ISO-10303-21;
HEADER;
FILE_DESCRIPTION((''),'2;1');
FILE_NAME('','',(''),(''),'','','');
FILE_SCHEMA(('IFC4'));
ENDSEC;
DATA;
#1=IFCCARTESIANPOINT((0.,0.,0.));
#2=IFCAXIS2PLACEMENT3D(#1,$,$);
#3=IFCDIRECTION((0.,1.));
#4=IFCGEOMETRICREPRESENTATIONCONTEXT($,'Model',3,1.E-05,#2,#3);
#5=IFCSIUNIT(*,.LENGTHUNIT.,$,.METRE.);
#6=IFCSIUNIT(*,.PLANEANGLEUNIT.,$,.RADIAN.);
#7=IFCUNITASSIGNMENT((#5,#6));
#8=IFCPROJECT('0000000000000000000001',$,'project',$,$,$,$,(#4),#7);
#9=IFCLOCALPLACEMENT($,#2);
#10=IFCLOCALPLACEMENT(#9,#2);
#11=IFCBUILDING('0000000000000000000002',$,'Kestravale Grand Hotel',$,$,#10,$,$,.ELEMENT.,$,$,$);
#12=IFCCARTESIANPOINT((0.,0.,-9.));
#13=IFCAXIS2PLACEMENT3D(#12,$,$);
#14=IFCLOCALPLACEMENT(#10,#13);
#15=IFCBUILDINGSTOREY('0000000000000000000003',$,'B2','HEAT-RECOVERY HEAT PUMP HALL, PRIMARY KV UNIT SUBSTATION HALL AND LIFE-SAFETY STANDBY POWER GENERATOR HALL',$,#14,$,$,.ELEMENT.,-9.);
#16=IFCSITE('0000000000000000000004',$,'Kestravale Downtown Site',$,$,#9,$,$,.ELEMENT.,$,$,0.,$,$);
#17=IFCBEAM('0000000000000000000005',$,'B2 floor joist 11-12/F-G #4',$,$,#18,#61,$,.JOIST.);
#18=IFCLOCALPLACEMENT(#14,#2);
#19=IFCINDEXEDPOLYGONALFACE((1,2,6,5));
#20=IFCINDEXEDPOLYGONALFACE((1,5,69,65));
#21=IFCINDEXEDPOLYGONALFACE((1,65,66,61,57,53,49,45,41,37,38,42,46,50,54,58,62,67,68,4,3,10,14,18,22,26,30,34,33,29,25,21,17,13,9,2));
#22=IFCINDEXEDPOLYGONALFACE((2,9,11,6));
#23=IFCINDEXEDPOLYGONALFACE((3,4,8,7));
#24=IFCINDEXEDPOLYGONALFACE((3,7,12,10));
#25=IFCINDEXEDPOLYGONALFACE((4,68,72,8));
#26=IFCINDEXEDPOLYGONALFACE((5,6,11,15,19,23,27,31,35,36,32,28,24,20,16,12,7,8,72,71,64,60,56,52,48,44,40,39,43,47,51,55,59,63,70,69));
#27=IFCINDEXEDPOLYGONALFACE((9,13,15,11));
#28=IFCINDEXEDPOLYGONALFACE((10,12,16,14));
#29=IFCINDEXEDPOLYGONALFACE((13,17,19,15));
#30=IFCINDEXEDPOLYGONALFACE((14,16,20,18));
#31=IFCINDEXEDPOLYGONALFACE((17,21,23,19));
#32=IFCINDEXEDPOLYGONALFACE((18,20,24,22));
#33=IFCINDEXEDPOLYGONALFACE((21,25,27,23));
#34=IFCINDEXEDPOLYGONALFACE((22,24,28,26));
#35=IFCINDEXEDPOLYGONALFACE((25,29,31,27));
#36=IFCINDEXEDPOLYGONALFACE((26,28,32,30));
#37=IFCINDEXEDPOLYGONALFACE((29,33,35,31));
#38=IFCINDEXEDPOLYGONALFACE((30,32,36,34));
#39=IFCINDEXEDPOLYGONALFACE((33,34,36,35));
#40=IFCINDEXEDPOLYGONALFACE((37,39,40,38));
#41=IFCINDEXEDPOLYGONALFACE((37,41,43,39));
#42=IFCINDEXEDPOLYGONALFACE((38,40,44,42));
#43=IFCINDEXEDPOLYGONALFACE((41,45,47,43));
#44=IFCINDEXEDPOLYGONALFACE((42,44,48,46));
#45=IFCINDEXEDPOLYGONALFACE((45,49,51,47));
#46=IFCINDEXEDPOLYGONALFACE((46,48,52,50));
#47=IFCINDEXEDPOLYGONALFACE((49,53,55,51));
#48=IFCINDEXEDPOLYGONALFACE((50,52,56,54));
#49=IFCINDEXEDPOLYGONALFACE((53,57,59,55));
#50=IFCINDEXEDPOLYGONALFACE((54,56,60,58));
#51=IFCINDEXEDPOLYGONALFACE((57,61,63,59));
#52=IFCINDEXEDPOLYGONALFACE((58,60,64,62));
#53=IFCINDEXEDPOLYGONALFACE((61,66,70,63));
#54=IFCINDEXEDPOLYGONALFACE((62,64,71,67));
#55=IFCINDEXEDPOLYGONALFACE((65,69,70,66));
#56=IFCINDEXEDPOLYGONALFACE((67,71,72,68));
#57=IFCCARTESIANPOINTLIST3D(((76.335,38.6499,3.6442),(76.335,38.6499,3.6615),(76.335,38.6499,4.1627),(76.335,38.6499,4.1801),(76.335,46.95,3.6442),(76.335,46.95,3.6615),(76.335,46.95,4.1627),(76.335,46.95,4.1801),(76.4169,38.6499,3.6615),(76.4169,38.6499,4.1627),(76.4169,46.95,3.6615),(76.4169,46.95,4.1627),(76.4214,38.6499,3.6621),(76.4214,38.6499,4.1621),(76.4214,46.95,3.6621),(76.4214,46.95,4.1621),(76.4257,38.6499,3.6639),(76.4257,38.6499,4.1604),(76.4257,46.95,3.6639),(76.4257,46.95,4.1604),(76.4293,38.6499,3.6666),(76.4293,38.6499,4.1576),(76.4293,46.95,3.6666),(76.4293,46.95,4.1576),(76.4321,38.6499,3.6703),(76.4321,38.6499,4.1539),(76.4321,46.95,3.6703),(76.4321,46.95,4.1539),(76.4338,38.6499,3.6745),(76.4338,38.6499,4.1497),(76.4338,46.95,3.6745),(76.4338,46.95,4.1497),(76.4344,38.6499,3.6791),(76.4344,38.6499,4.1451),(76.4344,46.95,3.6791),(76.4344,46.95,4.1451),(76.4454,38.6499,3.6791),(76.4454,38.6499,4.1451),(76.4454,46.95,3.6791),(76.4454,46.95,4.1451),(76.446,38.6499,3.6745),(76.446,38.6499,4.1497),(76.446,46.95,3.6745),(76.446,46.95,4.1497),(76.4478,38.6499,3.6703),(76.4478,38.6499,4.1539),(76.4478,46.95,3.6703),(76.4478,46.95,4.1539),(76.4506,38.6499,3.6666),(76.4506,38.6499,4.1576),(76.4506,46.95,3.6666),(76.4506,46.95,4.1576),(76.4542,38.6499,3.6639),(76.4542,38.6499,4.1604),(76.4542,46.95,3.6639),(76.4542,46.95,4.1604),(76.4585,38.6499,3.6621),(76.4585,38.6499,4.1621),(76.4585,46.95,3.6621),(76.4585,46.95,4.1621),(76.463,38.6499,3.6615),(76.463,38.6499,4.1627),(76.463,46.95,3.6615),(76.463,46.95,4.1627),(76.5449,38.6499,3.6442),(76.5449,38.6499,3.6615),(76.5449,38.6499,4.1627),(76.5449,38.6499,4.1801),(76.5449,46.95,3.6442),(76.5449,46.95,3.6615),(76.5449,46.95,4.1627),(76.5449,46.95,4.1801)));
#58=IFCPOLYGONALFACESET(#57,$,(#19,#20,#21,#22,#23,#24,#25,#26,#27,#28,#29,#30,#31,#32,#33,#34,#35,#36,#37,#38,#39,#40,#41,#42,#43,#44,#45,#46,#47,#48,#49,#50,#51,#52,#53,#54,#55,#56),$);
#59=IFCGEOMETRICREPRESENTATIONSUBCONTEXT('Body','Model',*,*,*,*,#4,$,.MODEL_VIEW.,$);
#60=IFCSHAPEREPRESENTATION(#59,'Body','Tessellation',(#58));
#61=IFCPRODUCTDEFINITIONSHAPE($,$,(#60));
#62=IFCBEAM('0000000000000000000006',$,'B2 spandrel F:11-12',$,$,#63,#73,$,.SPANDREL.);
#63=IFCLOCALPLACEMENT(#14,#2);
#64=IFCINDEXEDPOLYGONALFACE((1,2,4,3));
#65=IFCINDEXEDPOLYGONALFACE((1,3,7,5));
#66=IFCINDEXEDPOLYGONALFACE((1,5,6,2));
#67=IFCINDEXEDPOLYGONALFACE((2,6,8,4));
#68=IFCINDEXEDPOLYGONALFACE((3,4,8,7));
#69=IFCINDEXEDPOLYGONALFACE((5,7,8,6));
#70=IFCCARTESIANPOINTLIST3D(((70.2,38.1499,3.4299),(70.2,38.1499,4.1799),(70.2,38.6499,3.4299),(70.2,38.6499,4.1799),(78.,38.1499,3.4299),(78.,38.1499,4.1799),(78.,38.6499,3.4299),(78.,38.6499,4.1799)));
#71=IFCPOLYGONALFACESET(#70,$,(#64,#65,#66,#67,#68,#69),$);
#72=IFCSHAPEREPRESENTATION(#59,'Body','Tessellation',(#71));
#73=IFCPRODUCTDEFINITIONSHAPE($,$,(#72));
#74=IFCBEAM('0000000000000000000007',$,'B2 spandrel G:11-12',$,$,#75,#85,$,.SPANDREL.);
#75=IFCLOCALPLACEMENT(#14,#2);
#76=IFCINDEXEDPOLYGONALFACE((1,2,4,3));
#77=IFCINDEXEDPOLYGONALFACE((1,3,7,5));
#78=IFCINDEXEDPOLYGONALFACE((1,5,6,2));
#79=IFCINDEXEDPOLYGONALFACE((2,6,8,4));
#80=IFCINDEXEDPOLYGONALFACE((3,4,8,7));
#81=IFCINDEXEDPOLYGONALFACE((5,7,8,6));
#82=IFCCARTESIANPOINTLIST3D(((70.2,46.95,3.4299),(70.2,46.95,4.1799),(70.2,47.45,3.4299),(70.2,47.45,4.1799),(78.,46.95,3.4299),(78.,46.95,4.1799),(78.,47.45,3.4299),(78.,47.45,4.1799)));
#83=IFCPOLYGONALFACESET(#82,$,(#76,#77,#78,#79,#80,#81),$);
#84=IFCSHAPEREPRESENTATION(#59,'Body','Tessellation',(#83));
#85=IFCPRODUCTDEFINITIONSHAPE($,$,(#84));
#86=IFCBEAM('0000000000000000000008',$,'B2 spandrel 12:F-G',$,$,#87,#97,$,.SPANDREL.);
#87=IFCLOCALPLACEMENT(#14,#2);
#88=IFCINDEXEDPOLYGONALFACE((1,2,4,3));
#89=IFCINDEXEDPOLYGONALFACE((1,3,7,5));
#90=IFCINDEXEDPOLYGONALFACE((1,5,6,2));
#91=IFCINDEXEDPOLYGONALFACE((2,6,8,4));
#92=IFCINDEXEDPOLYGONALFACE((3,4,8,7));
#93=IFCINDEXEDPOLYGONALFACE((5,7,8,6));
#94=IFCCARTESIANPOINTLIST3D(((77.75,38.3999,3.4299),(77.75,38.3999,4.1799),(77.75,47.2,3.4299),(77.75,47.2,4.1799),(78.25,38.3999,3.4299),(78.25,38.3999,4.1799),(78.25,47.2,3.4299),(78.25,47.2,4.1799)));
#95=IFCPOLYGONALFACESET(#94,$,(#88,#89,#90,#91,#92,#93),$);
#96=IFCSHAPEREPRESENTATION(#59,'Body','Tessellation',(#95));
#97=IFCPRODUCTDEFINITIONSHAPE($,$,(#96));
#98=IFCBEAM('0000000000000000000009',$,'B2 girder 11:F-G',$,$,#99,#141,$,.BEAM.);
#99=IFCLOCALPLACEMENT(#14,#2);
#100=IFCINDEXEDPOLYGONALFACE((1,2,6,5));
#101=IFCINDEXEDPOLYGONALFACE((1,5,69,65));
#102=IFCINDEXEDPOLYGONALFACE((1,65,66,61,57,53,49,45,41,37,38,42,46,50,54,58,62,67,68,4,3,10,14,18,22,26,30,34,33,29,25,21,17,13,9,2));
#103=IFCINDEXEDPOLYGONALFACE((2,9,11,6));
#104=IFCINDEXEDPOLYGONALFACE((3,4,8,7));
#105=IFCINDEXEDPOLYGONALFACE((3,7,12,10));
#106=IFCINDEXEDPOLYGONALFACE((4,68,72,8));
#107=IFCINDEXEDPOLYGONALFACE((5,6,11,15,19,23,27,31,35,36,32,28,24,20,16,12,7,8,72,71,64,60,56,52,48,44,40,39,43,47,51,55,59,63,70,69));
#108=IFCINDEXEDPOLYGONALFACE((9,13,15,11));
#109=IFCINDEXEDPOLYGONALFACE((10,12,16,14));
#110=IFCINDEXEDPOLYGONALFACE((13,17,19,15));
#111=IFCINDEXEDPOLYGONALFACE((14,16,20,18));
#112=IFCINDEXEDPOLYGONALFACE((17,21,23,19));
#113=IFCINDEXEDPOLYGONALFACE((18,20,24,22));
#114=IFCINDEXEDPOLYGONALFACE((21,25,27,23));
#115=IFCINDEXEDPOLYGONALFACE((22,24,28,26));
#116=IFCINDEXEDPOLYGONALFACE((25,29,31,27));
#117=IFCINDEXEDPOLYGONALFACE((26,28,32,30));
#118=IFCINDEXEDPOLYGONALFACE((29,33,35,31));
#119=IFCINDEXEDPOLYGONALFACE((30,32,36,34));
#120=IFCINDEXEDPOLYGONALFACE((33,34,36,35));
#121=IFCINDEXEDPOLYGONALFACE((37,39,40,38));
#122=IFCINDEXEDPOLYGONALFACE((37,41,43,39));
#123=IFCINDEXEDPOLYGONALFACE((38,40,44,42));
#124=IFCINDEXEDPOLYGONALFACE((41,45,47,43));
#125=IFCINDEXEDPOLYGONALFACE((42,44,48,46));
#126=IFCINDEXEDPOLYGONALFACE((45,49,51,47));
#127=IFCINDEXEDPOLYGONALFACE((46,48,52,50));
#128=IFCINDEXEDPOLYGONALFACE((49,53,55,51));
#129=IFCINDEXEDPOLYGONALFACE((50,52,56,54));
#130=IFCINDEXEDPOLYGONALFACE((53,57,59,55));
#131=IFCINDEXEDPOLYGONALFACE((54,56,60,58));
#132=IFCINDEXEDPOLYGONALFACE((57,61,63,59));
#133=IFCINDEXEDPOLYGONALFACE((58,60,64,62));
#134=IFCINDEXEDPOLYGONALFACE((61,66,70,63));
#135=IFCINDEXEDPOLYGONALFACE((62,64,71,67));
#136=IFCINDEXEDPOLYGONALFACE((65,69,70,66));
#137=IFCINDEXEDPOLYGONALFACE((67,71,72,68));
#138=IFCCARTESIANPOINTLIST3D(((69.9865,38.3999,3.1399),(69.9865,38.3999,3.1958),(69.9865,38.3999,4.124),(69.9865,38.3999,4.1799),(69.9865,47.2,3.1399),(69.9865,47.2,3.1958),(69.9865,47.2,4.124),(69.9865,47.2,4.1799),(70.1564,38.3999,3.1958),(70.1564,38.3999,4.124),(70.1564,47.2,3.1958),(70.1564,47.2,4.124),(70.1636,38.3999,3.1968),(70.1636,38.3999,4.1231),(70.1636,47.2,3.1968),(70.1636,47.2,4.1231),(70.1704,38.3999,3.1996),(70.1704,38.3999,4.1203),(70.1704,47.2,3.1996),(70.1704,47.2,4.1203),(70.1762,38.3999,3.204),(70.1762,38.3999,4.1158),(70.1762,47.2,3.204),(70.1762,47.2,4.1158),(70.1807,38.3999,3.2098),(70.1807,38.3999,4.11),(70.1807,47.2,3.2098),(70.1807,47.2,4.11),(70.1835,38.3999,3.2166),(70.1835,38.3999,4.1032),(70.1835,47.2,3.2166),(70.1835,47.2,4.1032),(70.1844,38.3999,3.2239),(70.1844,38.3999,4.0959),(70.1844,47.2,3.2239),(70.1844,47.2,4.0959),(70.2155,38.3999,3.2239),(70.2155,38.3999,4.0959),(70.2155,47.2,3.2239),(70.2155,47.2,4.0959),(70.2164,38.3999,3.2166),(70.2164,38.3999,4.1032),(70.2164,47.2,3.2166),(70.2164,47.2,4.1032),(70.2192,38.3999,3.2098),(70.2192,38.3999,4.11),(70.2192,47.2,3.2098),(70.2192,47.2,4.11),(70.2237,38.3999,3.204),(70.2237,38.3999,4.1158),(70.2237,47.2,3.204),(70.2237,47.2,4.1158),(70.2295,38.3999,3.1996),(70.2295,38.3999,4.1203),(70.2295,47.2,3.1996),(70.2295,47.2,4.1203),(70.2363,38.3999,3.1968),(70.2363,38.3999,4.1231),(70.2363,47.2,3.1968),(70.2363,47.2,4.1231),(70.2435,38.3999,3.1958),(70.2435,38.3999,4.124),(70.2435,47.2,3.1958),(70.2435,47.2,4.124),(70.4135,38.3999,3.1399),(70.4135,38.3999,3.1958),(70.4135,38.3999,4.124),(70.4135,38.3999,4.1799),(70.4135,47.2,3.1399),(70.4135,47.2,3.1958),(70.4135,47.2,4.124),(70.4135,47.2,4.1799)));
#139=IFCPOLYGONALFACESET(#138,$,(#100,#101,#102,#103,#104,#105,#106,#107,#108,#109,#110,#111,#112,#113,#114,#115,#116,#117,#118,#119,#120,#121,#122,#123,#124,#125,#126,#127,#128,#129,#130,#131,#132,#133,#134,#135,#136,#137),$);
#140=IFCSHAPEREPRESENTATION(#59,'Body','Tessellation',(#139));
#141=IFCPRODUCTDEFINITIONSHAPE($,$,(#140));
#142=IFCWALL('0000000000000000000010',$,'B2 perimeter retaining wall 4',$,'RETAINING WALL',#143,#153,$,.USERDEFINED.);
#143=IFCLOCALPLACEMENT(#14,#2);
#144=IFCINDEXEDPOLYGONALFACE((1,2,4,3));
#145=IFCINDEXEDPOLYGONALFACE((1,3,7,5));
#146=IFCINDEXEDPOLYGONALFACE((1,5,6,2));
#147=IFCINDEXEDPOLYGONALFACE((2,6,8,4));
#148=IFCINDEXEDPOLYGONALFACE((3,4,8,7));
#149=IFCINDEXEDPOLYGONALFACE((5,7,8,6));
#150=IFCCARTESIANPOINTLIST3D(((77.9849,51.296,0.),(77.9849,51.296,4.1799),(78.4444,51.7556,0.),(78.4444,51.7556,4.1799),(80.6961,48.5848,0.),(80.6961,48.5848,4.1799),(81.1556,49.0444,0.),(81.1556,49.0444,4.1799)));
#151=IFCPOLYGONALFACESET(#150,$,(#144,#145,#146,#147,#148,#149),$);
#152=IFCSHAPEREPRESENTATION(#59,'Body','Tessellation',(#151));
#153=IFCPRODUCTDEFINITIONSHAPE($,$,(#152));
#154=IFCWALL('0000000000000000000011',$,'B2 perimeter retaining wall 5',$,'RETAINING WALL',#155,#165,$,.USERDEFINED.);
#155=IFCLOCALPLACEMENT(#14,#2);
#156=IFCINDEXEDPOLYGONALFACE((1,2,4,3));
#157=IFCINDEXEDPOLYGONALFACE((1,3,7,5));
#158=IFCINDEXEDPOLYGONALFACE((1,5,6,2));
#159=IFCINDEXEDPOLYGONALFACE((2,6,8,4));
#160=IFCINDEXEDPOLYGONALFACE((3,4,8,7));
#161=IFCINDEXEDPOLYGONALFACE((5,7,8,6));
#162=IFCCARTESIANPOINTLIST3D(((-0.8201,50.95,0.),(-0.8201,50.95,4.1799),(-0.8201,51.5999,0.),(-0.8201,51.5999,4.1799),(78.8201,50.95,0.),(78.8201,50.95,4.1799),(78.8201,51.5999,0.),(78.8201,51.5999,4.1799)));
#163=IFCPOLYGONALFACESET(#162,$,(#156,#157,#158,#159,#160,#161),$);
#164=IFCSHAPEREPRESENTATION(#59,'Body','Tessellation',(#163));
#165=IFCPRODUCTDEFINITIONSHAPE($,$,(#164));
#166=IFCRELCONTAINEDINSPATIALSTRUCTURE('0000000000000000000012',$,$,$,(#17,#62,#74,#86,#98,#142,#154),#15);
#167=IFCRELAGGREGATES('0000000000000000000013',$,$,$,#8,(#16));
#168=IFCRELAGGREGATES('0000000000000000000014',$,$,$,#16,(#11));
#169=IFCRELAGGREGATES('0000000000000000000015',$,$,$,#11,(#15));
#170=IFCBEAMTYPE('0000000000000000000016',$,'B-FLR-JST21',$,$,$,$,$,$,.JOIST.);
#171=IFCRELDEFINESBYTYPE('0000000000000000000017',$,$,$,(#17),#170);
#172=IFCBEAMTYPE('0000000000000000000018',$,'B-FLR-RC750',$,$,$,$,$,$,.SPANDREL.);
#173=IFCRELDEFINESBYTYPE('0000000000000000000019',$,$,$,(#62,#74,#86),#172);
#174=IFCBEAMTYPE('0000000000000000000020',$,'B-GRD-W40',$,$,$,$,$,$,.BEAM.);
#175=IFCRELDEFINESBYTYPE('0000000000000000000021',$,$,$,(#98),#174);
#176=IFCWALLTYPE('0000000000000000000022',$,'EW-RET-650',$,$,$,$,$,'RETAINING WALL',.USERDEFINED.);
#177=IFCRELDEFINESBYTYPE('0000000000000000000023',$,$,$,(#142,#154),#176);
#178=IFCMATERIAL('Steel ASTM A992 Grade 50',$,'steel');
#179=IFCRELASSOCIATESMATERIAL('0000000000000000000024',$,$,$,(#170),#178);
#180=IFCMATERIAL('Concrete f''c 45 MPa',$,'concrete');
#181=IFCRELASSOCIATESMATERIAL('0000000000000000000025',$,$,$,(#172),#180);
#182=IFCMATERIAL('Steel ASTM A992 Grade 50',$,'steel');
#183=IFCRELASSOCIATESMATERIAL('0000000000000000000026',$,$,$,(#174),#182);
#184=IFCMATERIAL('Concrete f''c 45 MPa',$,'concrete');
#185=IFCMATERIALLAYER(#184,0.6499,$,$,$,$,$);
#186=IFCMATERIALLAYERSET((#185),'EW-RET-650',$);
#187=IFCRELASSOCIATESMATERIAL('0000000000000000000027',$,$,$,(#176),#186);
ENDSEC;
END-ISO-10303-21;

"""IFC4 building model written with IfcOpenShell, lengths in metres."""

from ifc_helpers import new_model, si_unit, direction, frame, frame_2d, origin, origin_2d, place, context, subcontext, project, spatial, rectangle, i_section, extrude, material, layer, layer_set, material_profile, profile_set, type_object, element, save


model = new_model("IFC4")

# Units and contexts
model_context = context("Model", 3, precision=1e-05, world=origin(), true_north=direction((0.0, 1.0)))
body_context = subcontext(model_context, "Body", "Model", "MODEL_VIEW")
ifc_project = project(units=[si_unit("LENGTHUNIT", "METRE"), si_unit("PLANEANGLEUNIT", "RADIAN")], contexts=[model_context])

# Site, building, storey
site_placement = place(None, origin())
site = spatial("IfcSite", under=ifc_project, at=site_placement, Name="Kestravale Downtown Site", CompositionType="ELEMENT", RefElevation=0.0)
building_placement = place(site_placement, origin())
building = spatial("IfcBuilding", under=site, at=building_placement, Name="Kestravale Grand Hotel", CompositionType="ELEMENT")
storey_placement = place(building_placement, frame((0.0, 0.0, -9.0)))
storey = spatial("IfcBuildingStorey", under=building, at=storey_placement, Name="B2", Description="HEAT-RECOVERY HEAT PUMP HALL, PRIMARY KV UNIT SUBSTATION HALL AND LIFE-SAFETY STANDBY POWER GENERATOR HALL", CompositionType="ELEMENT", Elevation=-9.0)

# Beams
ifc_material_1 = material(Name="Steel ASTM A992 Grade 50", Category="steel")
ifc_material_profile_1 = material_profile(ifc_material_1, i_section(OverallWidth=0.21, OverallDepth=0.5359, WebThickness=0.011, FlangeThickness=0.0173, FilletRadius=0.0176, at=origin_2d()))
ifc_profile_set_1 = profile_set([ifc_material_profile_1], Name="Steel ASTM A992 Grade 50")
beam_type_1 = type_object("IfcBeamType", Name="B-FLR-JST21", PredefinedType="JOIST", material=ifc_profile_set_1)
for number, where, z_axis, x_axis, name in (
    (1, (76.4399, 38.6499, 3.9121), (0.0, 1.0, 0.0), (-1.0, 0.0, 0.0), "B2 floor joist 11-12/F-G #4"),
):
    element("IfcBeam", number, at=place(storey_placement, frame(where, z_axis=z_axis, x_axis=x_axis)), inside=storey, type_object=beam_type_1, Name=name, PredefinedType="JOIST", context=body_context, shape_type="SweptSolid", body=[
        extrude(i_section(OverallWidth=0.21, OverallDepth=0.5359, WebThickness=0.011, FlangeThickness=0.0173, FilletRadius=0.0176, at=origin_2d()), origin(), (0.0, 0.0, 1.0), 8.3),
    ])
ifc_material_2 = material(Name="Concrete f'c 45 MPa", Category="concrete")
ifc_material_profile_2 = material_profile(ifc_material_2, rectangle(XDim=0.5, YDim=0.75, at=origin_2d()))
ifc_profile_set_2 = profile_set([ifc_material_profile_2], Name="Concrete f'c 45 MPa")
beam_type_2 = type_object("IfcBeamType", Name="B-FLR-RC750", PredefinedType="SPANDREL", material=ifc_profile_set_2)
for number, where, z_axis, x_axis, name in (
    (2, (70.2, 38.3999, 3.8049), (1.0, 0.0, 0.0), (0.0, 1.0, 0.0), "B2 spandrel F:11-12"),
    (3, (70.2, 47.2, 3.8049), (1.0, 0.0, 0.0), (0.0, 1.0, 0.0), "B2 spandrel G:11-12"),
):
    element("IfcBeam", number, at=place(storey_placement, frame(where, z_axis=z_axis, x_axis=x_axis)), inside=storey, type_object=beam_type_2, Name=name, PredefinedType="SPANDREL", context=body_context, shape_type="SweptSolid", body=[
        extrude(rectangle(XDim=0.5, YDim=0.75, at=origin_2d()), origin(), (0.0, 0.0, 1.0), 7.8),
    ])
beam_1_placement = place(storey_placement, frame((78.0, 38.3999, 3.8049), z_axis=(0.0, 1.0, 0.0), x_axis=(-1.0, 0.0, 0.0)))
element("IfcBeam", 4, at=beam_1_placement, inside=storey, type_object=beam_type_2, Name="B2 spandrel 12:F-G", PredefinedType="SPANDREL", context=body_context, shape_type="SweptSolid", body=[
    extrude(rectangle(XDim=0.5, YDim=0.75, at=origin_2d()), origin(), (0.0, 0.0, 1.0), 8.8),
])
ifc_material_3 = material(Name="Steel ASTM A992 Grade 50", Category="steel")
ifc_material_profile_3 = material_profile(ifc_material_3, i_section(OverallWidth=0.427, OverallDepth=1.04, WebThickness=0.031, FlangeThickness=0.0559, FilletRadius=0.0281, at=origin_2d()))
ifc_profile_set_3 = profile_set([ifc_material_profile_3], Name="Steel ASTM A992 Grade 50")
beam_type_3 = type_object("IfcBeamType", Name="B-GRD-W40", PredefinedType="BEAM", material=ifc_profile_set_3)
beam_2_placement = place(storey_placement, frame((70.2, 38.3999, 3.6599), z_axis=(0.0, 1.0, 0.0), x_axis=(-1.0, 0.0, 0.0)))
element("IfcBeam", 5, at=beam_2_placement, inside=storey, type_object=beam_type_3, Name="B2 girder 11:F-G", PredefinedType="BEAM", context=body_context, shape_type="SweptSolid", body=[
    extrude(i_section(OverallWidth=0.427, OverallDepth=1.04, WebThickness=0.031, FlangeThickness=0.0559, FilletRadius=0.0281, at=origin_2d()), origin(), (0.0, 0.0, 1.0), 8.8),
])

# Walls
ifc_material_4 = material(Name="Concrete f'c 45 MPa", Category="concrete")
ifc_layer = layer(ifc_material_4, 0.6499)
ifc_layer_set = layer_set([ifc_layer], Name="EW-RET-650")
wall_type = type_object("IfcWallType", Name="EW-RET-650", ElementType="RETAINING WALL", PredefinedType="USERDEFINED", material=ifc_layer_set)
wall_1_placement = place(storey_placement, frame((80.9258, 48.8147, 0.0), z_axis=(0.0, 0.0, 1.0), x_axis=(-0.707107, 0.707107, 0.0)))
element("IfcWall", 6, at=wall_1_placement, inside=storey, type_object=wall_type, Name="B2 perimeter retaining wall 4", ObjectType="RETAINING WALL", PredefinedType="USERDEFINED", context=body_context, shape_type="SweptSolid", body=[
    extrude(rectangle(XDim=3.8342, YDim=0.6499, at=frame_2d((1.917, 0.0))), origin(), (0.0, 0.0, 1.0), 4.1799),
])
wall_2_placement = place(storey_placement, frame((78.8201, 51.2749, 0.0), z_axis=(0.0, 0.0, 1.0), x_axis=(-1.0, 0.0, 0.0)))
element("IfcWall", 7, at=wall_2_placement, inside=storey, type_object=wall_type, Name="B2 perimeter retaining wall 5", ObjectType="RETAINING WALL", PredefinedType="USERDEFINED", context=body_context, shape_type="SweptSolid", body=[
    extrude(rectangle(XDim=79.6401, YDim=0.6499, at=frame_2d((39.8201, 0.0))), origin(), (0.0, 0.0, 1.0), 4.1799),
])

save(model, "model.ifc")
